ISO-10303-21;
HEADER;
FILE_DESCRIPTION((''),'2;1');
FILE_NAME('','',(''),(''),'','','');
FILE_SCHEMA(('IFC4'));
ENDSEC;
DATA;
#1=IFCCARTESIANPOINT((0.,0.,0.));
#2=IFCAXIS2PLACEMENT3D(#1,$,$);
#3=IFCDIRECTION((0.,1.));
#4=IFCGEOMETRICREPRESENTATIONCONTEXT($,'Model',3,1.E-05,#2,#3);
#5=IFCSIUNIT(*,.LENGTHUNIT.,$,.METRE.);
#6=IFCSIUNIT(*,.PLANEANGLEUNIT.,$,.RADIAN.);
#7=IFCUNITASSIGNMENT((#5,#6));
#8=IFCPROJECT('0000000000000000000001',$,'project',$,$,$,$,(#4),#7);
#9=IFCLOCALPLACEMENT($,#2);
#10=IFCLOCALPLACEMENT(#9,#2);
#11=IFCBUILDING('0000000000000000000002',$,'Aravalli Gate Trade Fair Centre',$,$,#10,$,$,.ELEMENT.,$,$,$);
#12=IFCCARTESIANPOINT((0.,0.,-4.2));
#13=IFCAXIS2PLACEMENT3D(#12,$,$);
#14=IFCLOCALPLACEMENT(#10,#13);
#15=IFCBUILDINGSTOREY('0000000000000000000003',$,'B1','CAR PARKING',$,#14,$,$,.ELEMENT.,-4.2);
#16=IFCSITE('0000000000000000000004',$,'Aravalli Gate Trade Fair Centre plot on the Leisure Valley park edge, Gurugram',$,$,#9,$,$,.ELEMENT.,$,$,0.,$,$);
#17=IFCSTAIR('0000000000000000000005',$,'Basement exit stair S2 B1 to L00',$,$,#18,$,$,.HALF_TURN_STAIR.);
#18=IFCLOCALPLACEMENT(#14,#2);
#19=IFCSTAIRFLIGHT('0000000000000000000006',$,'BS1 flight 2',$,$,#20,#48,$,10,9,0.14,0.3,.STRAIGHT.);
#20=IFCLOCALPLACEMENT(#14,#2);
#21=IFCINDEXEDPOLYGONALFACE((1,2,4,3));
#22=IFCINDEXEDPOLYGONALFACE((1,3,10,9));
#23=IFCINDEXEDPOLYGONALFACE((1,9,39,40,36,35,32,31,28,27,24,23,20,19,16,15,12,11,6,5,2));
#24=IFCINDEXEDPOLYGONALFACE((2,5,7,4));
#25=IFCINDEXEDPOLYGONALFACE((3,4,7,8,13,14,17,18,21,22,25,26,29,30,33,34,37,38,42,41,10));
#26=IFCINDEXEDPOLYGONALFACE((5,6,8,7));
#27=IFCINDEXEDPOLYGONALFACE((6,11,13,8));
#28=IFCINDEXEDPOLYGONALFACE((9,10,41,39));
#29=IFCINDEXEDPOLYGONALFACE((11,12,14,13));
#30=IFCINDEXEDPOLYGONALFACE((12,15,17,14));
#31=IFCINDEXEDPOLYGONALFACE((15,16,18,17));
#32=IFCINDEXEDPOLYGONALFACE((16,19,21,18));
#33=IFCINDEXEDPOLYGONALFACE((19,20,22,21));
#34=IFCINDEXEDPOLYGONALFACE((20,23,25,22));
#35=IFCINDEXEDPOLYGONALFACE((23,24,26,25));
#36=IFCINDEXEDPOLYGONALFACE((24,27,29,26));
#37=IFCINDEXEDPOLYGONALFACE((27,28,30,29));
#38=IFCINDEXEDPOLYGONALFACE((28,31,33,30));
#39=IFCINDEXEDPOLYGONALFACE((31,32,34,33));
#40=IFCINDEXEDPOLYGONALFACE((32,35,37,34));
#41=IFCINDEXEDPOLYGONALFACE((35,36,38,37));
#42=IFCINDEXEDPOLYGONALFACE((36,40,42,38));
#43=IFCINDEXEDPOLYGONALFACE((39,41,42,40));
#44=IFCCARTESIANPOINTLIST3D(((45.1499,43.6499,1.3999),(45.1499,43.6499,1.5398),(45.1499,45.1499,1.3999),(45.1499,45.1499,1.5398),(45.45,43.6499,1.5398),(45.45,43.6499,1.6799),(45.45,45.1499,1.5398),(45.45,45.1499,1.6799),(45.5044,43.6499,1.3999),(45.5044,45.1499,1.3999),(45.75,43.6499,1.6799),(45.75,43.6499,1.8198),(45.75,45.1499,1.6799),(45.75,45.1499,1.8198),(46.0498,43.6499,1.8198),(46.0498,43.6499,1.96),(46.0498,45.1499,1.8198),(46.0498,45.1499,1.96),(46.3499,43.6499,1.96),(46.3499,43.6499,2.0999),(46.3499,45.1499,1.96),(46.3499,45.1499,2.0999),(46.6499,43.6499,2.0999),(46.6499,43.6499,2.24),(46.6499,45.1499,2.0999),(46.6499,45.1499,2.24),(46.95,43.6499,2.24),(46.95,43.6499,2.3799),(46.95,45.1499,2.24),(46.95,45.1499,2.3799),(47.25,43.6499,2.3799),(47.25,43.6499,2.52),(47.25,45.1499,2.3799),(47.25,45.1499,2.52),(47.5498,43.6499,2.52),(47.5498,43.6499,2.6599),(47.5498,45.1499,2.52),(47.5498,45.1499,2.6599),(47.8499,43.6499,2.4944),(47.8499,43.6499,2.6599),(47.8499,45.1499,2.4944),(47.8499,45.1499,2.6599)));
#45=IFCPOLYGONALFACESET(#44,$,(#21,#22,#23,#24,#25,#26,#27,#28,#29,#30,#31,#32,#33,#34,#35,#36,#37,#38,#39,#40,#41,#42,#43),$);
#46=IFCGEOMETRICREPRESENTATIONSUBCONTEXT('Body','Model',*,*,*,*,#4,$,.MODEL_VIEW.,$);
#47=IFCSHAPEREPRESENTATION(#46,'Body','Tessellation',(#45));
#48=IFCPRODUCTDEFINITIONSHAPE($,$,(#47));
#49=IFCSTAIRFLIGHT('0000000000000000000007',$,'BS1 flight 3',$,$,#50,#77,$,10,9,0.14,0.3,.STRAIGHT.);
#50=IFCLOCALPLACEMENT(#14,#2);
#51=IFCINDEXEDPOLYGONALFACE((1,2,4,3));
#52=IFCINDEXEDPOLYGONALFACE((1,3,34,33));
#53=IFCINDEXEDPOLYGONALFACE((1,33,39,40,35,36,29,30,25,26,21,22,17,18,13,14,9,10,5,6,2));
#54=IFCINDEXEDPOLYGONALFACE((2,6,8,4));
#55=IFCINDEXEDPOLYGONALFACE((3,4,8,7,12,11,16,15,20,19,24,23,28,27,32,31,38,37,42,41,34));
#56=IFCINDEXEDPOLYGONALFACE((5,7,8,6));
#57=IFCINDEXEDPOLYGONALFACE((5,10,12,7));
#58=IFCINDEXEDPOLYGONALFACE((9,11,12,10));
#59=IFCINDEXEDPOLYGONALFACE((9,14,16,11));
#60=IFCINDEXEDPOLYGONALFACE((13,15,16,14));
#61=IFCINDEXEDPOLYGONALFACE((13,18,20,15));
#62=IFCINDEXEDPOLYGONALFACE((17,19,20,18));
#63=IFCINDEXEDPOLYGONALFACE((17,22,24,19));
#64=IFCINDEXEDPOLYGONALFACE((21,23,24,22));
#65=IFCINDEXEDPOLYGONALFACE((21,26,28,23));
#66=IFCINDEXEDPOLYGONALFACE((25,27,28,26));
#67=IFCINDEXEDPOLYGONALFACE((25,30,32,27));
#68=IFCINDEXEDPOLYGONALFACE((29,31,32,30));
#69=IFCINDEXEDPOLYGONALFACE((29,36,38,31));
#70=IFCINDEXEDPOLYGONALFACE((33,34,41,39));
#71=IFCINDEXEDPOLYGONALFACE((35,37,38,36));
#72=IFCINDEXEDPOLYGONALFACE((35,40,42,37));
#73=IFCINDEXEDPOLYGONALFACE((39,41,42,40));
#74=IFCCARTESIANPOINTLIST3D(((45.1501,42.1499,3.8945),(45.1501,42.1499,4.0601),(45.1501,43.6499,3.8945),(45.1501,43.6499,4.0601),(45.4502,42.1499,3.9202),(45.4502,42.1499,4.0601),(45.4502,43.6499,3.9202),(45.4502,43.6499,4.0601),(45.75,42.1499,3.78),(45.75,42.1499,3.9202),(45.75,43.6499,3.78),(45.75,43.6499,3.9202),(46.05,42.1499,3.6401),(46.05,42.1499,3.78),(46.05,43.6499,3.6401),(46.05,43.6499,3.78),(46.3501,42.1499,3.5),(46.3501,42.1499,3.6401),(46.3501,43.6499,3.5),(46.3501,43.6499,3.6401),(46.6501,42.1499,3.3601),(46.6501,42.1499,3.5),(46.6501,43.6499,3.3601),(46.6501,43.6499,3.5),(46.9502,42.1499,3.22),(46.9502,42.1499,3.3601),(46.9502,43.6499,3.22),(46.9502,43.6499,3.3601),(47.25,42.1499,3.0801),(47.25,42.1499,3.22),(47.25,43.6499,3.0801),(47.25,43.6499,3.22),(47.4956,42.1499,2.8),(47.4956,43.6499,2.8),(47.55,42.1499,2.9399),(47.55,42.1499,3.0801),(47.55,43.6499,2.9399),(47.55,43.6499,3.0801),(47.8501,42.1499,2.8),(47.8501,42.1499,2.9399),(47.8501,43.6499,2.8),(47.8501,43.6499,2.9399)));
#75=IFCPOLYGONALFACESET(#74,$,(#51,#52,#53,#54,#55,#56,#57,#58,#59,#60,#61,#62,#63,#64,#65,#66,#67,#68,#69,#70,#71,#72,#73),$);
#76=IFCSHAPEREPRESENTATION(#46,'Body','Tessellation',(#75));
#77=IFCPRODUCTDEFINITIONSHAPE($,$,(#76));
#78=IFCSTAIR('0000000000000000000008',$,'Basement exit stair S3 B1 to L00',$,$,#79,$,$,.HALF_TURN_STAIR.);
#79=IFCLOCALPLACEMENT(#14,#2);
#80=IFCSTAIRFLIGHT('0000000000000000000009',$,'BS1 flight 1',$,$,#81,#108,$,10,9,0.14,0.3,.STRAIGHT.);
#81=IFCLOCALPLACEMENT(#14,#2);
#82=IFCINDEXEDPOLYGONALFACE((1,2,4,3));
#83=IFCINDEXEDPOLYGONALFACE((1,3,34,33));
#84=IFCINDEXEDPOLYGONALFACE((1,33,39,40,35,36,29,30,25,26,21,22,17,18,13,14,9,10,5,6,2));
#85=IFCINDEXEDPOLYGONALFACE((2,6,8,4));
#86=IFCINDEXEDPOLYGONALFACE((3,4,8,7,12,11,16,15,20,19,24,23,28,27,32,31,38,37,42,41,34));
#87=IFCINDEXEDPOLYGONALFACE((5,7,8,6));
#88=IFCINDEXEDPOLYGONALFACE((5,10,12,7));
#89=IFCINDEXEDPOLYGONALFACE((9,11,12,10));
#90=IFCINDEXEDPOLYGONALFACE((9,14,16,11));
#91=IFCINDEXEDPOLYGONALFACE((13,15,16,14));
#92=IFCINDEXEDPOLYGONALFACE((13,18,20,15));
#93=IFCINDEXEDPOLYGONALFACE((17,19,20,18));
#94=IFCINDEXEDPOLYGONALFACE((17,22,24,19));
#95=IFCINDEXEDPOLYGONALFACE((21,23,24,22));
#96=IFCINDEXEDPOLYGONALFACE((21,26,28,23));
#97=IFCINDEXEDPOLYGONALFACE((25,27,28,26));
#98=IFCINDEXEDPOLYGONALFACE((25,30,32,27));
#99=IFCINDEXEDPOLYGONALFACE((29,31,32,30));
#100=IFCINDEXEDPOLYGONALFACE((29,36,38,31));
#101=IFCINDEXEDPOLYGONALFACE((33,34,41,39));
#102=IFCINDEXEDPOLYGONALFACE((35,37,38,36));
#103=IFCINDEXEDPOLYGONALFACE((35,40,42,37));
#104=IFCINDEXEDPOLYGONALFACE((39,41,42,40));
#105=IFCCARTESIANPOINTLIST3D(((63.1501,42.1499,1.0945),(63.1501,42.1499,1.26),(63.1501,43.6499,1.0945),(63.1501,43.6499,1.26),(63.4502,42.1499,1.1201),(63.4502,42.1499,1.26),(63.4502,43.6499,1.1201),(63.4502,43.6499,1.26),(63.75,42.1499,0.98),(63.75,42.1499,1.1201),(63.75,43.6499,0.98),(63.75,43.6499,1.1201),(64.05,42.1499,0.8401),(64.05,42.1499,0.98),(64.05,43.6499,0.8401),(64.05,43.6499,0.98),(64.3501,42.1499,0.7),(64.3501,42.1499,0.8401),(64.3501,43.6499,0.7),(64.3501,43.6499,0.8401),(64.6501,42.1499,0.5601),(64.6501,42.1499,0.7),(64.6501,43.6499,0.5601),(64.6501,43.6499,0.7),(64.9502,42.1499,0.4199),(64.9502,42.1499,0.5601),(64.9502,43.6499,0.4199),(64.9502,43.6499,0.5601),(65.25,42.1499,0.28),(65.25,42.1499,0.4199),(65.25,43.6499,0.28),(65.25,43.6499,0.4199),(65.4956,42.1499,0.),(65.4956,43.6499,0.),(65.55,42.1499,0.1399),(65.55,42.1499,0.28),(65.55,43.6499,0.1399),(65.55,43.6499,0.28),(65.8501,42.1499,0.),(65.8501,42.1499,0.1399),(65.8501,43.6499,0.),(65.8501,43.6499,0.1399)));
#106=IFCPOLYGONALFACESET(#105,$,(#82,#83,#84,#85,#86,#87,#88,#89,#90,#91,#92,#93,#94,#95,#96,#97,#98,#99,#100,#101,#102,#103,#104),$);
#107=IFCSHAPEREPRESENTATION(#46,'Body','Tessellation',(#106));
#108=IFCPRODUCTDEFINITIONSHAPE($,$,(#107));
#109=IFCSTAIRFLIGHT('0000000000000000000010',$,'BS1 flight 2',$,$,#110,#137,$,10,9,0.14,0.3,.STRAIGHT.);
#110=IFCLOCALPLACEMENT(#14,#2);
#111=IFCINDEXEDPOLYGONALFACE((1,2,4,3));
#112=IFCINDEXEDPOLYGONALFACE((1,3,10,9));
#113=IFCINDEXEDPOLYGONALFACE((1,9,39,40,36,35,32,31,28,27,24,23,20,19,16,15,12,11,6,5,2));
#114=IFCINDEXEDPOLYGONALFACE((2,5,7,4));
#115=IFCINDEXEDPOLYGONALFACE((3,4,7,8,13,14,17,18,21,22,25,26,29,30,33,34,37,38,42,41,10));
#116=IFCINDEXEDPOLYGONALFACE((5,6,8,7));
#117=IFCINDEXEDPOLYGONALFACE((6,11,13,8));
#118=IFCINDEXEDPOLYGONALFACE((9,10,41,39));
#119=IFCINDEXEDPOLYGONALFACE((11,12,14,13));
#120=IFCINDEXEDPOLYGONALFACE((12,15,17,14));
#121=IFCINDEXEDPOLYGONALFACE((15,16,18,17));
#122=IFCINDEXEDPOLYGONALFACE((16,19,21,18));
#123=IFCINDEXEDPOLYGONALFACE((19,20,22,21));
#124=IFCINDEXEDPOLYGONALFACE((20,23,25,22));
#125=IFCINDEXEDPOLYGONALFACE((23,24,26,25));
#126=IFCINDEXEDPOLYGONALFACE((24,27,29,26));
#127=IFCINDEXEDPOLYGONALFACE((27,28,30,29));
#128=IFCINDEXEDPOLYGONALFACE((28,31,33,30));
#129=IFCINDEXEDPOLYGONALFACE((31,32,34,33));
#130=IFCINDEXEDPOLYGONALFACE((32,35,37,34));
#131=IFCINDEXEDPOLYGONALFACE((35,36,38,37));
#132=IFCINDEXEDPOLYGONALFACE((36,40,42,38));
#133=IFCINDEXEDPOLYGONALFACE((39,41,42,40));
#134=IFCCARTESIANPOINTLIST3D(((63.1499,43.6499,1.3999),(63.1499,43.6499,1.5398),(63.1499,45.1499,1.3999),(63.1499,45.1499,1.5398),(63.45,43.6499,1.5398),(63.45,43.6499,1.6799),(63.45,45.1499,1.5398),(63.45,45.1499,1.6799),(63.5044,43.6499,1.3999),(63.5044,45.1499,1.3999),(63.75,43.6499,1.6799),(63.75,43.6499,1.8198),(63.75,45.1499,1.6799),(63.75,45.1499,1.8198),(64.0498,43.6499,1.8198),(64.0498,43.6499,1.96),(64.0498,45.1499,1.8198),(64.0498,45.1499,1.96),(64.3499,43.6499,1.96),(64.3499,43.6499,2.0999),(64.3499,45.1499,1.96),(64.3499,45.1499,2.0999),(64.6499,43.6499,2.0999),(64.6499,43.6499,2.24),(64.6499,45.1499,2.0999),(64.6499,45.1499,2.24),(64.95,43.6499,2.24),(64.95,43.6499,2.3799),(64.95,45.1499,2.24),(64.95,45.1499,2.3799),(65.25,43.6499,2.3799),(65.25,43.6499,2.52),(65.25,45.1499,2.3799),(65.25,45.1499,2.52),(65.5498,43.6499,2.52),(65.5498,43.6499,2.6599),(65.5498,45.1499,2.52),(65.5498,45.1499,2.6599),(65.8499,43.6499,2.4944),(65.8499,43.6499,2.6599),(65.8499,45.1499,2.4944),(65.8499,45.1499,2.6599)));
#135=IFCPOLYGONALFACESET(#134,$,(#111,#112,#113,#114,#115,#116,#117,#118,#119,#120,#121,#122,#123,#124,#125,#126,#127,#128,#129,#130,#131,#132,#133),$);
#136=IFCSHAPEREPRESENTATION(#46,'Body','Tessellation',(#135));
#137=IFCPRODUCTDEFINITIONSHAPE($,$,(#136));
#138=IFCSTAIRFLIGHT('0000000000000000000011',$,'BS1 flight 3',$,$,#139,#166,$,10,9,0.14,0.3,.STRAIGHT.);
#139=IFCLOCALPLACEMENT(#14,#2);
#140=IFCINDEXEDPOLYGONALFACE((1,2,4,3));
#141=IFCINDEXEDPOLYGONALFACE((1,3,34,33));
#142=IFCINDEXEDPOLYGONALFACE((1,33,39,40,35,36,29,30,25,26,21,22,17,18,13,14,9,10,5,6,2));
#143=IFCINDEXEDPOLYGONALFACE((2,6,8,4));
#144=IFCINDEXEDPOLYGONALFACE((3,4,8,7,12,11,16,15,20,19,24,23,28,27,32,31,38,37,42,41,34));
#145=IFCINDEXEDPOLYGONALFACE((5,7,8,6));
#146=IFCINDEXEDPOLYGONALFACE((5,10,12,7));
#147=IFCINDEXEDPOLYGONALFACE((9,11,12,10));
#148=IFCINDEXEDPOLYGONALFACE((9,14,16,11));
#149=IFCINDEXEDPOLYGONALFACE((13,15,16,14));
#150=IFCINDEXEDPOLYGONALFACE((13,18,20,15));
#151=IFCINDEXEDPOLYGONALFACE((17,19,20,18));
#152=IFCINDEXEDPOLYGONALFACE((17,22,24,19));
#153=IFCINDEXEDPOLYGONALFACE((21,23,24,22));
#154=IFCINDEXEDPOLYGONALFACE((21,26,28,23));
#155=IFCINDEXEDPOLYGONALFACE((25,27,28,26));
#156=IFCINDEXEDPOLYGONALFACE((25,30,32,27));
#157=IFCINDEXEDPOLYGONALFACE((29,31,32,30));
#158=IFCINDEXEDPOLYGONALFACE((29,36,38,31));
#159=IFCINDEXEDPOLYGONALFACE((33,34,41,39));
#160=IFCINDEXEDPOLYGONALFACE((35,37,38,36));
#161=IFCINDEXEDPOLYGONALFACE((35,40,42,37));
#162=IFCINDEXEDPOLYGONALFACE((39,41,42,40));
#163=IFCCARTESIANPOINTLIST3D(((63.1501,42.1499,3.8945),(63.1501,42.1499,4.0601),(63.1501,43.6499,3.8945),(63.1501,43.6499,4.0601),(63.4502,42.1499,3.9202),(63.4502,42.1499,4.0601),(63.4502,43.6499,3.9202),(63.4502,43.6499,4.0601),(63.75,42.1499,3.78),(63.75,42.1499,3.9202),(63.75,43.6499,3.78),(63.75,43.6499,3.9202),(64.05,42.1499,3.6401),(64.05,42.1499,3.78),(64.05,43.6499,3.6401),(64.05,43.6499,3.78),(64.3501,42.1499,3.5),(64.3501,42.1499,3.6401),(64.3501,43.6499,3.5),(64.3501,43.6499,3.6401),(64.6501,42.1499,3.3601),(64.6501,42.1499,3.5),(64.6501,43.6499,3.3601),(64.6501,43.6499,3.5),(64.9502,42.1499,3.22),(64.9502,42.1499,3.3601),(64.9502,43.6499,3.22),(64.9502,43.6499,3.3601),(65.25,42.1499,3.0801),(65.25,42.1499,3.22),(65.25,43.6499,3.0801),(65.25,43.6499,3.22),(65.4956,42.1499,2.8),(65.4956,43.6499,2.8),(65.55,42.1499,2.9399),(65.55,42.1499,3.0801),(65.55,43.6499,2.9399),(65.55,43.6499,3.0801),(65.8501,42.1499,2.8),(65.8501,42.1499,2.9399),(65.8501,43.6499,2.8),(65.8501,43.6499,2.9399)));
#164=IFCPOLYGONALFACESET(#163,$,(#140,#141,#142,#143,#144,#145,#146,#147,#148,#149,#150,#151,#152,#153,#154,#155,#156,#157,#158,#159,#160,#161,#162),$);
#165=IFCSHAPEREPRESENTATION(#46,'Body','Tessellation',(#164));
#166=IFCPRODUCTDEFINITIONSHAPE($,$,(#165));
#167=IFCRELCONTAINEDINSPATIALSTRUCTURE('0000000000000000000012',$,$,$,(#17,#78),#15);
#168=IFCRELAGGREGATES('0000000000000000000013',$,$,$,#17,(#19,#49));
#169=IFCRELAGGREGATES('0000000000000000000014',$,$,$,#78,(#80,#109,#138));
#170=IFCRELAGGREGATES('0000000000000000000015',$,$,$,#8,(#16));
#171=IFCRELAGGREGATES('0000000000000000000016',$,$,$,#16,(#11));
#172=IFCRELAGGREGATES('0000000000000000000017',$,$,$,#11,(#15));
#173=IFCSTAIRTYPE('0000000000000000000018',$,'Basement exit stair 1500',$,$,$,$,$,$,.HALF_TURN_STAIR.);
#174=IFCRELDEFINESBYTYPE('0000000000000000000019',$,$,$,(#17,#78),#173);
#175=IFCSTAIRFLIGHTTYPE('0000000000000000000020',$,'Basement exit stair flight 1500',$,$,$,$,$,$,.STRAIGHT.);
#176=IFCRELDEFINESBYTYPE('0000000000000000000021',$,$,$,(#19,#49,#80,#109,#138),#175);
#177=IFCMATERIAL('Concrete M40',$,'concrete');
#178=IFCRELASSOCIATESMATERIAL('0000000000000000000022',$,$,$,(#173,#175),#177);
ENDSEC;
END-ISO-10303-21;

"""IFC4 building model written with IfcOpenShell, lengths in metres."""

from ifc_helpers import new_model, si_unit, direction, frame, origin, place, context, subcontext, project, spatial, polyline, outline, extrude, material, type_object, element, aggregate, save


model = new_model("IFC4")

# Units and contexts
model_context = context("Model", 3, precision=1e-05, world=origin(), true_north=direction((0.0, 1.0)))
body_context = subcontext(model_context, "Body", "Model", "MODEL_VIEW")
ifc_project = project(units=[si_unit("LENGTHUNIT", "METRE"), si_unit("PLANEANGLEUNIT", "RADIAN")], contexts=[model_context])

# Site, building, storey
site_placement = place(None, origin())
site = spatial("IfcSite", under=ifc_project, at=site_placement, Name="Aravalli Gate Trade Fair Centre plot on the Leisure Valley park edge, Gurugram", CompositionType="ELEMENT", RefElevation=0.0)
building_placement = place(site_placement, origin())
building = spatial("IfcBuilding", under=site, at=building_placement, Name="Aravalli Gate Trade Fair Centre", CompositionType="ELEMENT")
storey_placement = place(building_placement, frame((0.0, 0.0, -4.2)))
storey = spatial("IfcBuildingStorey", under=building, at=storey_placement, Name="B1", Description="CAR PARKING", CompositionType="ELEMENT", Elevation=-4.2)

# Shared definitions
ifc_material_1 = material(Name="Concrete M40", Category="concrete")

# Stairs, stair flights
stair_type = type_object("IfcStairType", Name="Basement exit stair 1500", PredefinedType="HALF_TURN_STAIR", material=ifc_material_1)
stair_1_placement = place(storey_placement, origin())
stair_1 = element("IfcStair", 1, at=stair_1_placement, inside=storey, type_object=stair_type, Name="Basement exit stair S2 B1 to L00", PredefinedType="HALF_TURN_STAIR")
stair_flight_type = type_object("IfcStairFlightType", Name="Basement exit stair flight 1500", PredefinedType="STRAIGHT", material=ifc_material_1)
stair_flight_1_placement = place(storey_placement, frame((45.1499, 44.3999, 1.3999), z_axis=(0.0, 0.0, 1.0), x_axis=(1.0, 0.0, 0.0)))
stair_flight_1 = element("IfcStairFlight", 2, at=stair_flight_1_placement, type_object=stair_flight_type, Name="BS1 flight 2", NumberOfRisers=10, NumberOfTreads=9, PredefinedType="STRAIGHT", RiserHeight=0.14, TreadLength=0.3, context=body_context, shape_type="SweptSolid", body=[
    extrude(outline(polyline([(0.0, 0.0), (0.0, 0.1399), (0.3, 0.1399), (0.3, 0.28), (0.6001, 0.28), (0.6001, 0.4199), (0.8999, 0.4199), (0.8999, 0.5601), (1.2, 0.5601), (1.2, 0.7), (1.5, 0.7), (1.5, 0.8401), (1.8, 0.8401), (1.8, 0.98), (2.1001, 0.98), (2.1001, 1.1201), (2.3999, 1.1201), (2.3999, 1.26), (2.7, 1.26), (2.7, 1.3999), (2.7, 1.0945), (0.3545, 0.0), (0.0, 0.0)])), frame((0.0, 0.75, 0.0), z_axis=(0.0, -1.0, 0.0), x_axis=(1.0, 0.0, 0.0)), (0.0, 0.0, 1.0), 1.5),
])
stair_flight_2_placement = place(storey_placement, frame((47.8501, 42.8999, 2.8), z_axis=(0.0, 0.0, 1.0), x_axis=(-1.0, 0.0, 0.0)))
stair_flight_2 = element("IfcStairFlight", 3, at=stair_flight_2_placement, type_object=stair_flight_type, Name="BS1 flight 3", NumberOfRisers=10, NumberOfTreads=9, PredefinedType="STRAIGHT", RiserHeight=0.14, TreadLength=0.3, context=body_context, shape_type="SweptSolid", body=[
    extrude(outline(polyline([(0.0, 0.0), (0.0, 0.1399), (0.3, 0.1399), (0.3, 0.28), (0.6001, 0.28), (0.6001, 0.4199), (0.8999, 0.4199), (0.8999, 0.5601), (1.2, 0.5601), (1.2, 0.7), (1.5, 0.7), (1.5, 0.8401), (1.8, 0.8401), (1.8, 0.98), (2.1001, 0.98), (2.1001, 1.1201), (2.3999, 1.1201), (2.3999, 1.26), (2.7, 1.26), (2.7, 1.3999), (2.7, 1.0945), (0.3545, 0.0), (0.0, 0.0)])), frame((0.0, 0.75, 0.0), z_axis=(0.0, -1.0, 0.0), x_axis=(1.0, 0.0, 0.0)), (0.0, 0.0, 1.0), 1.5),
])
aggregate(stair_1, [stair_flight_1, stair_flight_2])
stair_2_placement = place(storey_placement, origin())
stair_2 = element("IfcStair", 4, at=stair_2_placement, inside=storey, type_object=stair_type, Name="Basement exit stair S3 B1 to L00", PredefinedType="HALF_TURN_STAIR")
stair_flight_3_placement = place(storey_placement, frame((65.8501, 42.8999, 0.0), z_axis=(0.0, 0.0, 1.0), x_axis=(-1.0, 0.0, 0.0)))
stair_flight_3 = element("IfcStairFlight", 5, at=stair_flight_3_placement, type_object=stair_flight_type, Name="BS1 flight 1", NumberOfRisers=10, NumberOfTreads=9, PredefinedType="STRAIGHT", RiserHeight=0.14, TreadLength=0.3, context=body_context, shape_type="SweptSolid", body=[
    extrude(outline(polyline([(0.0, 0.0), (0.0, 0.1399), (0.3, 0.1399), (0.3, 0.28), (0.6001, 0.28), (0.6001, 0.4199), (0.8999, 0.4199), (0.8999, 0.5601), (1.2, 0.5601), (1.2, 0.7), (1.5, 0.7), (1.5, 0.8401), (1.8, 0.8401), (1.8, 0.98), (2.1001, 0.98), (2.1001, 1.1201), (2.3999, 1.1201), (2.3999, 1.26), (2.7, 1.26), (2.7, 1.3999), (2.7, 1.0945), (0.3545, 0.0), (0.0, 0.0)])), frame((0.0, 0.75, 0.0), z_axis=(0.0, -1.0, 0.0), x_axis=(1.0, 0.0, 0.0)), (0.0, 0.0, 1.0), 1.5),
])
stair_flight_4_placement = place(storey_placement, frame((63.1499, 44.3999, 1.3999), z_axis=(0.0, 0.0, 1.0), x_axis=(1.0, 0.0, 0.0)))
stair_flight_4 = element("IfcStairFlight", 6, at=stair_flight_4_placement, type_object=stair_flight_type, Name="BS1 flight 2", NumberOfRisers=10, NumberOfTreads=9, PredefinedType="STRAIGHT", RiserHeight=0.14, TreadLength=0.3, context=body_context, shape_type="SweptSolid", body=[
    extrude(outline(polyline([(0.0, 0.0), (0.0, 0.1399), (0.3, 0.1399), (0.3, 0.28), (0.6001, 0.28), (0.6001, 0.4199), (0.8999, 0.4199), (0.8999, 0.5601), (1.2, 0.5601), (1.2, 0.7), (1.5, 0.7), (1.5, 0.8401), (1.8, 0.8401), (1.8, 0.98), (2.1001, 0.98), (2.1001, 1.1201), (2.3999, 1.1201), (2.3999, 1.26), (2.7, 1.26), (2.7, 1.3999), (2.7, 1.0945), (0.3545, 0.0), (0.0, 0.0)])), frame((0.0, 0.75, 0.0), z_axis=(0.0, -1.0, 0.0), x_axis=(1.0, 0.0, 0.0)), (0.0, 0.0, 1.0), 1.5),
])
stair_flight_5_placement = place(storey_placement, frame((65.8501, 42.8999, 2.8), z_axis=(0.0, 0.0, 1.0), x_axis=(-1.0, 0.0, 0.0)))
stair_flight_5 = element("IfcStairFlight", 7, at=stair_flight_5_placement, type_object=stair_flight_type, Name="BS1 flight 3", NumberOfRisers=10, NumberOfTreads=9, PredefinedType="STRAIGHT", RiserHeight=0.14, TreadLength=0.3, context=body_context, shape_type="SweptSolid", body=[
    extrude(outline(polyline([(0.0, 0.0), (0.0, 0.1399), (0.3, 0.1399), (0.3, 0.28), (0.6001, 0.28), (0.6001, 0.4199), (0.8999, 0.4199), (0.8999, 0.5601), (1.2, 0.5601), (1.2, 0.7), (1.5, 0.7), (1.5, 0.8401), (1.8, 0.8401), (1.8, 0.98), (2.1001, 0.98), (2.1001, 1.1201), (2.3999, 1.1201), (2.3999, 1.26), (2.7, 1.26), (2.7, 1.3999), (2.7, 1.0945), (0.3545, 0.0), (0.0, 0.0)])), frame((0.0, 0.75, 0.0), z_axis=(0.0, -1.0, 0.0), x_axis=(1.0, 0.0, 0.0)), (0.0, 0.0, 1.0), 1.5),
])
aggregate(stair_2, [stair_flight_3, stair_flight_4, stair_flight_5])

save(model, "model.ifc")
